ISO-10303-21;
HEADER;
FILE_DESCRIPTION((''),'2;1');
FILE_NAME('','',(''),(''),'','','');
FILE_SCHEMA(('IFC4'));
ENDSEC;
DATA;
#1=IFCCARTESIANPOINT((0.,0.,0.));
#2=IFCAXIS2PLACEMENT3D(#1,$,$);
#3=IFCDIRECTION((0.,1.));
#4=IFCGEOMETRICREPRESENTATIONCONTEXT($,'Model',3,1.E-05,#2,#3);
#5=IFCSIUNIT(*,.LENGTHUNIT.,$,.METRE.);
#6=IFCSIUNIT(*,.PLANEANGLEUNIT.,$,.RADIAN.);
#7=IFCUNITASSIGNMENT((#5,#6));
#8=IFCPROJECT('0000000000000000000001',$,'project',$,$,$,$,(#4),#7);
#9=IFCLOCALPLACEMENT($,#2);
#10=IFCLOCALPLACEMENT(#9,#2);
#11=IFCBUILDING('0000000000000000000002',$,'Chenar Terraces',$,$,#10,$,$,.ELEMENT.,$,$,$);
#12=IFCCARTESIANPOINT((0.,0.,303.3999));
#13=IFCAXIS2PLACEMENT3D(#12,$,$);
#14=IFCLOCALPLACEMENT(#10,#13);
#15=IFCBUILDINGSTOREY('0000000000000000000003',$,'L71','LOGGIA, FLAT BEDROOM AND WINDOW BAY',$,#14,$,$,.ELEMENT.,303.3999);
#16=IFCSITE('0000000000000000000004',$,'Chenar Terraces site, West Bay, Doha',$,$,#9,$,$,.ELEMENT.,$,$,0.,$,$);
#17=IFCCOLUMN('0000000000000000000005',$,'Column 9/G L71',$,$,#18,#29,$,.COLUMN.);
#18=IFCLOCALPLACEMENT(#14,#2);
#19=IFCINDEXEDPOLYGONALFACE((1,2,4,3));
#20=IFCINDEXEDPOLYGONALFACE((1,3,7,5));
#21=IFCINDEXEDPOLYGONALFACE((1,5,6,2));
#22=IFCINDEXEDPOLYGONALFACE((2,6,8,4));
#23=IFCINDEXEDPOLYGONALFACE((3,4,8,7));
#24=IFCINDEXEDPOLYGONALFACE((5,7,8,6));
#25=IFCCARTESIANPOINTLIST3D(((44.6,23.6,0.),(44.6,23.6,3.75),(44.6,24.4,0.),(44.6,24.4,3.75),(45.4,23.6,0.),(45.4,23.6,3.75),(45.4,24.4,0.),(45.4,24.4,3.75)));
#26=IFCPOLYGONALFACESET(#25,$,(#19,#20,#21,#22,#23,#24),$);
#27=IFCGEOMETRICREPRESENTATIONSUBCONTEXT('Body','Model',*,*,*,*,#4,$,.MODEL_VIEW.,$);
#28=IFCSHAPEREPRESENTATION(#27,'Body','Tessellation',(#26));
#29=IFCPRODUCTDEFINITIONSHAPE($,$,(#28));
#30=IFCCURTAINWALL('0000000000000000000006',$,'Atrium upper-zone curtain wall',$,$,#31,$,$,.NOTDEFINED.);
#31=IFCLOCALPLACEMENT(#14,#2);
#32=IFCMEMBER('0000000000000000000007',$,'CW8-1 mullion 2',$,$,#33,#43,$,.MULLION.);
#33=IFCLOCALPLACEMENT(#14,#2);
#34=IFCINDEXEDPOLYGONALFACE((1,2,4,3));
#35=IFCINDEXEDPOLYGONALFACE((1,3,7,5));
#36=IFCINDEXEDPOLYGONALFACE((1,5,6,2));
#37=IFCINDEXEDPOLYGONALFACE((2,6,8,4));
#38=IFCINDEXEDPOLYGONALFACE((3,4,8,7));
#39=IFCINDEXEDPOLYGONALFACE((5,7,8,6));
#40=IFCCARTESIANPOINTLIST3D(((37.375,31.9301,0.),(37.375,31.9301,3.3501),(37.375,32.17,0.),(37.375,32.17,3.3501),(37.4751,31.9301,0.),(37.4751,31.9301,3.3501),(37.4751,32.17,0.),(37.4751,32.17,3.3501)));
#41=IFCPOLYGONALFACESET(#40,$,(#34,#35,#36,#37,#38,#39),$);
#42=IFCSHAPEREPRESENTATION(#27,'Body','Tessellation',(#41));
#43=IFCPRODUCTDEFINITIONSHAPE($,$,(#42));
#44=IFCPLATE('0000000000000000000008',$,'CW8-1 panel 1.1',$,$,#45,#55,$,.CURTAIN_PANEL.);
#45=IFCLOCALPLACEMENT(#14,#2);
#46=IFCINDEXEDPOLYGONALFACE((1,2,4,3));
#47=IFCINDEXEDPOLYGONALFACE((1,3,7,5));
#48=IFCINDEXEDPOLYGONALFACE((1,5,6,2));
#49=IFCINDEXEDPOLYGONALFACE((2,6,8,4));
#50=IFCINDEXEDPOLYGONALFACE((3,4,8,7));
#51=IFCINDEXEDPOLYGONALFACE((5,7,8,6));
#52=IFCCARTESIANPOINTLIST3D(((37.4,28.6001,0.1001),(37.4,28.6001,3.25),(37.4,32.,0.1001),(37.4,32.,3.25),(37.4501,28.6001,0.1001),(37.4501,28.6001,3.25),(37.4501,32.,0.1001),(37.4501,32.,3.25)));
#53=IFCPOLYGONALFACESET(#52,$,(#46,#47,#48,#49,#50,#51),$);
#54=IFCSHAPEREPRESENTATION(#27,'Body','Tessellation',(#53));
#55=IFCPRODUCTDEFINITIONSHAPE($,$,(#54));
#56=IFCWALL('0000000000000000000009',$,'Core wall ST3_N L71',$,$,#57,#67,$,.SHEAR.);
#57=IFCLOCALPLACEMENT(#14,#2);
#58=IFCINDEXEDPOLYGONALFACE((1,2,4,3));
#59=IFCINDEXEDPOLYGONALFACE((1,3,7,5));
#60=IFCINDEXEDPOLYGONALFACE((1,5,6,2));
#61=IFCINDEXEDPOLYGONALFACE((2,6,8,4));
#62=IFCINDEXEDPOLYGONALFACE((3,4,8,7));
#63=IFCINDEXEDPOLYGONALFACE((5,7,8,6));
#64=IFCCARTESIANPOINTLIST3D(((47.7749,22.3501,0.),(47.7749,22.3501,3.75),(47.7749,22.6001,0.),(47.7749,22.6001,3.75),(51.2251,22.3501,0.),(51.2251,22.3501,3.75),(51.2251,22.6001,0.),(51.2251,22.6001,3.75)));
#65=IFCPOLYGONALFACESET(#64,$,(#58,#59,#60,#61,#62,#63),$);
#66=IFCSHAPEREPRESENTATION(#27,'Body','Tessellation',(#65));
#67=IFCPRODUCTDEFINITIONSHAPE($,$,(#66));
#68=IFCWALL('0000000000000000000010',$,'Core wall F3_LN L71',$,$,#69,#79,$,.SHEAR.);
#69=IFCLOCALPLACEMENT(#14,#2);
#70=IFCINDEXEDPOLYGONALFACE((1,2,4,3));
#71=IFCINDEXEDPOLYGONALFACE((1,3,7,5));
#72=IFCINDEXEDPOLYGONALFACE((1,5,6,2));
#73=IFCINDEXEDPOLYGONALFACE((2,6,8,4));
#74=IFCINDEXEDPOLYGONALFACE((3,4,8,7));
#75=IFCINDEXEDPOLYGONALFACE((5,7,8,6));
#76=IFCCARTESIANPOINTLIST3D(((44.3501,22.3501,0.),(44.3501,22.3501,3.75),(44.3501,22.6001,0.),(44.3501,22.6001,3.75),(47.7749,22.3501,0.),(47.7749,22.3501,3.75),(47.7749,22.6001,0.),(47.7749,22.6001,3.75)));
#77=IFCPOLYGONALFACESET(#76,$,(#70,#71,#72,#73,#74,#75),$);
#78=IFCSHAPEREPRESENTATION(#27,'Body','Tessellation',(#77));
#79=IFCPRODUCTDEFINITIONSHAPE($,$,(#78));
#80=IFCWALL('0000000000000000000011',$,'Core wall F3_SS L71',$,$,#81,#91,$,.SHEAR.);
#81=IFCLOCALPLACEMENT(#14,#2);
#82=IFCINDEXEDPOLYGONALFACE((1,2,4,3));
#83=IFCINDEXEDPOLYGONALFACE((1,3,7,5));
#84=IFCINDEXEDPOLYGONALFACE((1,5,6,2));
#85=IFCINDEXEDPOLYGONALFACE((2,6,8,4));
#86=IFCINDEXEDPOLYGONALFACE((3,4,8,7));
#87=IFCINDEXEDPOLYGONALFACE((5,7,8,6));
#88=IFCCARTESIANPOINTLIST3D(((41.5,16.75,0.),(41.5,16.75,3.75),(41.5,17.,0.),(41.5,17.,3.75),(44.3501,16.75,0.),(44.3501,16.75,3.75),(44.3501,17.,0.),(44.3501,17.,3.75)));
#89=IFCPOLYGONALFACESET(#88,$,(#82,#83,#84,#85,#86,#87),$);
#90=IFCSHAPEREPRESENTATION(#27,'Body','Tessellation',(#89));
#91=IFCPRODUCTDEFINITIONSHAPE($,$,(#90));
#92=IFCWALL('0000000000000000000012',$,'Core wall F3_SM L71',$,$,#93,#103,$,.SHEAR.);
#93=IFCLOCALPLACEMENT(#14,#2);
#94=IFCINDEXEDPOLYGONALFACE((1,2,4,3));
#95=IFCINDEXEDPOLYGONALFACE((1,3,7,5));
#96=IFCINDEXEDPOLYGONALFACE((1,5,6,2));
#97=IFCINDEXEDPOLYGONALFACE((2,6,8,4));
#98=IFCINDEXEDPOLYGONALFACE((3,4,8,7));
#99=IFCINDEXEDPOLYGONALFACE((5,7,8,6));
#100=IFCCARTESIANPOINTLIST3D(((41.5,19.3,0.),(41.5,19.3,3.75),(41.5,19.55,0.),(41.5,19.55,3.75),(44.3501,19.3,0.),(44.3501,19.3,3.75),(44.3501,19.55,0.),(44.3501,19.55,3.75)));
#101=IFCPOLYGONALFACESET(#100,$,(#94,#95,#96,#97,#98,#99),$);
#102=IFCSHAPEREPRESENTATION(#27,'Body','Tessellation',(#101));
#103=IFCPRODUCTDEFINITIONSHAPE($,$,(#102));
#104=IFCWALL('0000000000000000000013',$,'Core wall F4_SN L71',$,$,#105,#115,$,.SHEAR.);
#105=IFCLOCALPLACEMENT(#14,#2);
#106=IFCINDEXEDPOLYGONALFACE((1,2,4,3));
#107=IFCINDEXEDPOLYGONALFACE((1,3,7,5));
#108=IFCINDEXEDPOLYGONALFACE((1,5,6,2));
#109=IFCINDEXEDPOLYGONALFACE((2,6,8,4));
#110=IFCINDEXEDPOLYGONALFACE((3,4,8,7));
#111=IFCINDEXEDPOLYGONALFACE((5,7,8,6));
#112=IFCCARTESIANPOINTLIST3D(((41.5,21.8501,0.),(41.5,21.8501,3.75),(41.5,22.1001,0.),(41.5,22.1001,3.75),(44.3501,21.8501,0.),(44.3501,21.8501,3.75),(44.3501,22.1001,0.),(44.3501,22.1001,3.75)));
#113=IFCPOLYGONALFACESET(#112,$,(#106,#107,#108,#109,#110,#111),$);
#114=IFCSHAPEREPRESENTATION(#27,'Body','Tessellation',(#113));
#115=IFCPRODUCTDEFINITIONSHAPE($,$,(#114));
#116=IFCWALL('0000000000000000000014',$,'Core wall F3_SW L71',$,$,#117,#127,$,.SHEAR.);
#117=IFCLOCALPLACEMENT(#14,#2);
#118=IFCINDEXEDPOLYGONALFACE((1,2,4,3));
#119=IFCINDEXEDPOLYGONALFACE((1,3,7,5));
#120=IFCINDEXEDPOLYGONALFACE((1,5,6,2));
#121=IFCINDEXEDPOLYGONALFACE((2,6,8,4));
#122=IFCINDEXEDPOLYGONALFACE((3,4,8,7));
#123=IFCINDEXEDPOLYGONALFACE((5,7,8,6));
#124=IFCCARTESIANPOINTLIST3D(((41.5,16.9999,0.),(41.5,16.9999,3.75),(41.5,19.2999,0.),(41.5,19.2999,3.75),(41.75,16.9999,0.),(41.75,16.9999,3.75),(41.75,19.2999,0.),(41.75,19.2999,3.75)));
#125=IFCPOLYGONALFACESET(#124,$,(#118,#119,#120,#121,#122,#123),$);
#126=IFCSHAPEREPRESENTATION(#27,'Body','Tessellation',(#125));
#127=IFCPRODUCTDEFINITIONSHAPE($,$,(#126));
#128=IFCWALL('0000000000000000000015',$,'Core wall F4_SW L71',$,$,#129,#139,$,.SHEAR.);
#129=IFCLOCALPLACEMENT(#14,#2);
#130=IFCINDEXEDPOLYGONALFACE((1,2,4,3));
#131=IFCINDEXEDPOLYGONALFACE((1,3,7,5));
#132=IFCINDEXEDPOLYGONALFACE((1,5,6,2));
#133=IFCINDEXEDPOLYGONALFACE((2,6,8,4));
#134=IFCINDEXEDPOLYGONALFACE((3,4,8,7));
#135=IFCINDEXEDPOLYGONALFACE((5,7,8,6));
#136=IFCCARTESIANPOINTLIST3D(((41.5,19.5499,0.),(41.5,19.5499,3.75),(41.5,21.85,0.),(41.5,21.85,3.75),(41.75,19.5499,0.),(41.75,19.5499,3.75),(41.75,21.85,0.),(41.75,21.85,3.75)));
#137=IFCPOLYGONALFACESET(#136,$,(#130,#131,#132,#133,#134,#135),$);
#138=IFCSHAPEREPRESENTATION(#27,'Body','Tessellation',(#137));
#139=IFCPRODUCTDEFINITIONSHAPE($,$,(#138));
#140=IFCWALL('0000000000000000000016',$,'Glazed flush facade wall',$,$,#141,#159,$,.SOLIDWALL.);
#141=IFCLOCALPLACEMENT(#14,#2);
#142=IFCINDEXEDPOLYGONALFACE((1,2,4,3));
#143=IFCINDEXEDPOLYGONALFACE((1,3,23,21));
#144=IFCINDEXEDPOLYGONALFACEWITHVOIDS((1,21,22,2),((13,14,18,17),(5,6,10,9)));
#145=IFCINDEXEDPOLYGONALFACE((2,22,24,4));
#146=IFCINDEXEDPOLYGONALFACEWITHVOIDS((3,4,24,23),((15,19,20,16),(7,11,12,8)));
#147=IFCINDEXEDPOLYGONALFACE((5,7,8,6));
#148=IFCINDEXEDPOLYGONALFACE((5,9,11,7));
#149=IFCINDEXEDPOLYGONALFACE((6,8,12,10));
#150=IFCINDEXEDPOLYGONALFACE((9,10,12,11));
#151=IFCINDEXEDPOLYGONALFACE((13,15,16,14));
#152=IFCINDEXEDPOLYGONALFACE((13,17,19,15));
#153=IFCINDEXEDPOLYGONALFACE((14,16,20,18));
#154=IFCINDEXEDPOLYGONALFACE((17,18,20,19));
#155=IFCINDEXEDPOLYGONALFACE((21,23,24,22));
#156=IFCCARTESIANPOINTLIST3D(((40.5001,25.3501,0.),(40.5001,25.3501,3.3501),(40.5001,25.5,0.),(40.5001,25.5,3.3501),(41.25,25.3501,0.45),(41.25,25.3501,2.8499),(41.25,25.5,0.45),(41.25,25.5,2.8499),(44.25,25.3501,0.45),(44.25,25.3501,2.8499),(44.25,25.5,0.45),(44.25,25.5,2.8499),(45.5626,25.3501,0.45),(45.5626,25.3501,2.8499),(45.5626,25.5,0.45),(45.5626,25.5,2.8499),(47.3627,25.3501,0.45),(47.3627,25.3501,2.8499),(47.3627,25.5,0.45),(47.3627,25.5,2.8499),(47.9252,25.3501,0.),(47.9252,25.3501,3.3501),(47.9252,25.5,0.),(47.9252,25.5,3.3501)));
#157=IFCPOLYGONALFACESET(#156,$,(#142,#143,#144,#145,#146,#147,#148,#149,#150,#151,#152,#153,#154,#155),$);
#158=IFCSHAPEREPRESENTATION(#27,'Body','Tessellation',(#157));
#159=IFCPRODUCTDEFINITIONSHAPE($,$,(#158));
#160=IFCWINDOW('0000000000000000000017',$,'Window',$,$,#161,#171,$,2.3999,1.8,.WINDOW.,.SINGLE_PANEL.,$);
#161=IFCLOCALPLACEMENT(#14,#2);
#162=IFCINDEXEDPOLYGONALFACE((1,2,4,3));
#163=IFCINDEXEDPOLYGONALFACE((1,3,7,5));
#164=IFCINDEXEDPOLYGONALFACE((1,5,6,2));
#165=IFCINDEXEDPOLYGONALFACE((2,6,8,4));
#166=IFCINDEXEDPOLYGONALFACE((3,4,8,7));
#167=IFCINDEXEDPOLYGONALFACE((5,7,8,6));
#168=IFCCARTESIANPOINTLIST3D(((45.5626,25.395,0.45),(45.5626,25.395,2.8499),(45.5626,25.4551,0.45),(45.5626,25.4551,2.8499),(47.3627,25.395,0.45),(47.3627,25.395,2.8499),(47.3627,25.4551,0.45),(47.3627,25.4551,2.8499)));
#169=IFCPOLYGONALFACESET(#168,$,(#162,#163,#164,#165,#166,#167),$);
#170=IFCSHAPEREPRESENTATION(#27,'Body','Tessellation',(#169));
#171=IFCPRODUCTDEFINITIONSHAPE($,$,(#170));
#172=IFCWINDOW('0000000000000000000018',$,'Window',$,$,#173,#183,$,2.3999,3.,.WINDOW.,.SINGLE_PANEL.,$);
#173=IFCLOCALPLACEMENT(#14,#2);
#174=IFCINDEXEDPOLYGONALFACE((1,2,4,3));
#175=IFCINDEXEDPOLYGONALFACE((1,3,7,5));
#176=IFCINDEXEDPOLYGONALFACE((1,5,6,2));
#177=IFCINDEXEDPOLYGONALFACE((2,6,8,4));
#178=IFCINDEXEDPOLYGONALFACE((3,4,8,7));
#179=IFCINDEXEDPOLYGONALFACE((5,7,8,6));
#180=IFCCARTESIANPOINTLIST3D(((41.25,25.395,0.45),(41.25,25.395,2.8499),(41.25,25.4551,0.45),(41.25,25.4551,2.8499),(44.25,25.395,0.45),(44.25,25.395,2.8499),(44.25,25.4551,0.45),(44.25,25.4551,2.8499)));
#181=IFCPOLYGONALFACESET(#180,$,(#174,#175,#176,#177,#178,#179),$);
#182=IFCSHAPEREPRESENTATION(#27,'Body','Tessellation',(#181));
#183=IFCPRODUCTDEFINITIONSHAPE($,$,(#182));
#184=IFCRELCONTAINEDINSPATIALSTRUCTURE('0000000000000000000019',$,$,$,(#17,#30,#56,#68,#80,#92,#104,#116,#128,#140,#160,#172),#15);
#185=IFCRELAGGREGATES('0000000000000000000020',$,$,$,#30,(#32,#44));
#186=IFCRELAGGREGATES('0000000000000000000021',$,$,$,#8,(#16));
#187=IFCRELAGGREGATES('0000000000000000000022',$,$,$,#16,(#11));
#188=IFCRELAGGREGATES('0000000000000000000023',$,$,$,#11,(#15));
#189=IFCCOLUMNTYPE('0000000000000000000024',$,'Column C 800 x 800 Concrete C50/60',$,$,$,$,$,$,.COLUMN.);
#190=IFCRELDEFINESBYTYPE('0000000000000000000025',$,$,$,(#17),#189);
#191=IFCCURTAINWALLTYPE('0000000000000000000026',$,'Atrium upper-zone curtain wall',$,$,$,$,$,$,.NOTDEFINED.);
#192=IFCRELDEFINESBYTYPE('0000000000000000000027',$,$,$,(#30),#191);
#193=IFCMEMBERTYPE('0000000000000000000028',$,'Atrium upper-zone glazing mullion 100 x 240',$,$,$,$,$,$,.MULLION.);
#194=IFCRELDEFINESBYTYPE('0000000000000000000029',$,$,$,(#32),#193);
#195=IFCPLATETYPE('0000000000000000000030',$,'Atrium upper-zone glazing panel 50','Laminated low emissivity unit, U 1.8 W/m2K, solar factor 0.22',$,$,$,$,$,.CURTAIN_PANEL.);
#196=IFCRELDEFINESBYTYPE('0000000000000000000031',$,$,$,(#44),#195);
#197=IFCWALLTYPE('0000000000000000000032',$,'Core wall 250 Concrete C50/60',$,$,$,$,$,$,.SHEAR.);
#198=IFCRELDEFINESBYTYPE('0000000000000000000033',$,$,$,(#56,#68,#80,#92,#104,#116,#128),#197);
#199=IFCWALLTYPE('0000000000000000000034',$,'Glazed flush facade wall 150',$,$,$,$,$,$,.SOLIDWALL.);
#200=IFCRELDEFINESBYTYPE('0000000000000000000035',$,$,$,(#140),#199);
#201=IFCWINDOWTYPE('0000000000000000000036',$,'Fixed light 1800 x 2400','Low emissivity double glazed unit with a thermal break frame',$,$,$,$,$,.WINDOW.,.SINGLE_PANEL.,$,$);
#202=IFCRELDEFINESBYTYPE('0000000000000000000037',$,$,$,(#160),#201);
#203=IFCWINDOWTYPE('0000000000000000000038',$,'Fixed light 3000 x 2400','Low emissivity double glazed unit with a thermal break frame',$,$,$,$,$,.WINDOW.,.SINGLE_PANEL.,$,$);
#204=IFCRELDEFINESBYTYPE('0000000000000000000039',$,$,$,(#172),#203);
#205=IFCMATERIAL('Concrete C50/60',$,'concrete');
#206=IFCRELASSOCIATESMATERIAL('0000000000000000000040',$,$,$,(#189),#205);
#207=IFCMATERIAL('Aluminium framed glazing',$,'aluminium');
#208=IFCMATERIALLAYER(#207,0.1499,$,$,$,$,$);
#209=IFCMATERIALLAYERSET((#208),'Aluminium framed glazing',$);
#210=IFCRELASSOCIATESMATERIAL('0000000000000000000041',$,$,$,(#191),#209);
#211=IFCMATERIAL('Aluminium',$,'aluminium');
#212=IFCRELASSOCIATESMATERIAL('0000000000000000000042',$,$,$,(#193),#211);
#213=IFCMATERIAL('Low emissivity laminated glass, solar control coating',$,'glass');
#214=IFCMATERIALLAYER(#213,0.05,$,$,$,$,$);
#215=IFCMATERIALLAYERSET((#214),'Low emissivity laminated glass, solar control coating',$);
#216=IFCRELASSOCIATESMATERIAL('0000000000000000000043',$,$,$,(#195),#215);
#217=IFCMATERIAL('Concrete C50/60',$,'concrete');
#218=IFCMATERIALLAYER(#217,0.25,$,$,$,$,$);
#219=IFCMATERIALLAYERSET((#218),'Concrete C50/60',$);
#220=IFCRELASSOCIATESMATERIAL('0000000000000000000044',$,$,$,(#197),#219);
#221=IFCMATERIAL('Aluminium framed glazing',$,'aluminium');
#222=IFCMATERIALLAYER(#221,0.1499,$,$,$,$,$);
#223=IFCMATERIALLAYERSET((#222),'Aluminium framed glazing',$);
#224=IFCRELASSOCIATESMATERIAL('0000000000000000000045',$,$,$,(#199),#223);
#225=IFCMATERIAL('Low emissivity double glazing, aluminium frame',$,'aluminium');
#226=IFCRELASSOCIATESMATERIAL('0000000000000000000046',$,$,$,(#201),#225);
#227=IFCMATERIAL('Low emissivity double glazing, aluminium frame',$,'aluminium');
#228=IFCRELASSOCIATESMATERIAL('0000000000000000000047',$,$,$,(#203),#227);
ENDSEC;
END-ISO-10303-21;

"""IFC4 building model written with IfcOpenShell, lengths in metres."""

from ifc_helpers import new_model, si_unit, direction, frame, frame_2d, origin, origin_2d, place, context, subcontext, project, spatial, rectangle, extrude, material, layer, layer_set, material_profile, profile_set, type_object, element, fill, aggregate, save


model = new_model("IFC4")

# Units and contexts
model_context = context("Model", 3, precision=1e-05, world=origin(), true_north=direction((0.0, 1.0)))
body_context = subcontext(model_context, "Body", "Model", "MODEL_VIEW")
ifc_project = project(units=[si_unit("LENGTHUNIT", "METRE"), si_unit("PLANEANGLEUNIT", "RADIAN")], contexts=[model_context])

# Site, building, storey
site_placement = place(None, origin())
site = spatial("IfcSite", under=ifc_project, at=site_placement, Name="Chenar Terraces site, West Bay, Doha", CompositionType="ELEMENT", RefElevation=0.0)
building_placement = place(site_placement, origin())
building = spatial("IfcBuilding", under=site, at=building_placement, Name="Chenar Terraces", CompositionType="ELEMENT")
storey_placement = place(building_placement, frame((0.0, 0.0, 303.3999)))
storey = spatial("IfcBuildingStorey", under=building, at=storey_placement, Name="L71", Description="LOGGIA, FLAT BEDROOM AND WINDOW BAY", CompositionType="ELEMENT", Elevation=303.3999)

# Column
ifc_material_1 = material(Name="Concrete C50/60", Category="concrete")
ifc_material_profile_1 = material_profile(ifc_material_1, rectangle(XDim=0.8, YDim=0.8, at=origin_2d()), Name="C 800 x 800")
ifc_profile_set_1 = profile_set([ifc_material_profile_1], Name="Concrete C50/60")
column_type = type_object("IfcColumnType", Name="Column C 800 x 800 Concrete C50/60", PredefinedType="COLUMN", material=ifc_profile_set_1)
column_placement = place(storey_placement, frame((45.0, 24.0, 0.0), z_axis=(0.0, 0.0, 1.0), x_axis=(1.0, 0.0, 0.0)))
element("IfcColumn", 1, at=column_placement, inside=storey, type_object=column_type, Name="Column 9/G L71", PredefinedType="COLUMN", context=body_context, shape_type="SweptSolid", body=[
    extrude(rectangle(XDim=0.8, YDim=0.8, at=origin_2d()), origin(), (0.0, 0.0, 1.0), 3.75),
])

# Curtain wall, member, plate
ifc_material_2 = material(Name="Aluminium framed glazing", Category="aluminium")
ifc_layer_1 = layer(ifc_material_2, 0.1499)
ifc_layer_set_1 = layer_set([ifc_layer_1], Name="Aluminium framed glazing")
curtain_wall_type = type_object("IfcCurtainWallType", Name="Atrium upper-zone curtain wall", PredefinedType="NOTDEFINED", material=ifc_layer_set_1)
curtain_wall_placement = place(storey_placement, origin())
curtain_wall = element("IfcCurtainWall", 2, at=curtain_wall_placement, inside=storey, type_object=curtain_wall_type, Name="Atrium upper-zone curtain wall", PredefinedType="NOTDEFINED")
ifc_material_3 = material(Name="Aluminium", Category="aluminium")
ifc_material_profile_2 = material_profile(ifc_material_3, rectangle(XDim=0.1001, YDim=0.24, at=origin_2d()), Name="Atrium upper-zone glazing mullion 100 x 240")
ifc_profile_set_2 = profile_set([ifc_material_profile_2], Name="Aluminium")
member_type = type_object("IfcMemberType", Name="Atrium upper-zone glazing mullion 100 x 240", PredefinedType="MULLION", material=ifc_profile_set_2)
member_placement = place(storey_placement, frame((37.425, 32.05, 0.0), z_axis=(0.0, 0.0, 1.0), x_axis=(-1.0, 0.0, 0.0)))
member = element("IfcMember", 3, at=member_placement, type_object=member_type, Name="CW8-1 mullion 2", PredefinedType="MULLION", context=body_context, shape_type="SweptSolid", body=[
    extrude(rectangle(XDim=0.1001, YDim=0.24, at=origin_2d()), origin(), (0.0, 0.0, 1.0), 3.3501),
])
ifc_material_4 = material(Name="Low emissivity laminated glass, solar control coating", Category="glass")
ifc_layer_2 = layer(ifc_material_4, 0.05)
ifc_layer_set_2 = layer_set([ifc_layer_2], Name="Low emissivity laminated glass, solar control coating")
plate_type = type_object("IfcPlateType", Name="Atrium upper-zone glazing panel 50", Description="Laminated low emissivity unit, U 1.8 W/m2K, solar factor 0.22", PredefinedType="CURTAIN_PANEL", material=ifc_layer_set_2)
plate_placement = place(storey_placement, frame((37.425, 30.3, 0.1001), z_axis=(0.0, 0.0, 1.0), x_axis=(0.0, 1.0, 0.0)))
plate = element("IfcPlate", 4, at=plate_placement, type_object=plate_type, Name="CW8-1 panel 1.1", PredefinedType="CURTAIN_PANEL", context=body_context, shape_type="SweptSolid", body=[
    extrude(rectangle(XDim=3.3999, YDim=0.05, at=origin_2d()), origin(), (0.0, 0.0, 1.0), 3.1499),
])
aggregate(curtain_wall, [member, plate])

# Walls
ifc_material_5 = material(Name="Concrete C50/60", Category="concrete")
ifc_layer_3 = layer(ifc_material_5, 0.25)
ifc_layer_set_3 = layer_set([ifc_layer_3], Name="Concrete C50/60")
wall_type_1 = type_object("IfcWallType", Name="Core wall 250 Concrete C50/60", PredefinedType="SHEAR", material=ifc_layer_set_3)
wall_1_placement = place(storey_placement, frame((47.7749, 22.4751, 0.0), z_axis=(0.0, 0.0, 1.0), x_axis=(1.0, 0.0, 0.0)))
element("IfcWall", 5, at=wall_1_placement, inside=storey, type_object=wall_type_1, Name="Core wall ST3_N L71", PredefinedType="SHEAR", context=body_context, shape_type="SweptSolid", body=[
    extrude(rectangle(XDim=3.4502, YDim=0.25, at=frame_2d((1.7251, 0.0))), origin(), (0.0, 0.0, 1.0), 3.75),
])
wall_2_placement = place(storey_placement, frame((44.3501, 22.4751, 0.0), z_axis=(0.0, 0.0, 1.0), x_axis=(1.0, 0.0, 0.0)))
element("IfcWall", 6, at=wall_2_placement, inside=storey, type_object=wall_type_1, Name="Core wall F3_LN L71", PredefinedType="SHEAR", context=body_context, shape_type="SweptSolid", body=[
    extrude(rectangle(XDim=3.4248, YDim=0.25, at=frame_2d((1.7124, 0.0))), origin(), (0.0, 0.0, 1.0), 3.75),
])
for number, where, z_axis, x_axis, name in (
    (7, (41.5, 16.875, 0.0), (0.0, 0.0, 1.0), (1.0, 0.0, 0.0), "Core wall F3_SS L71"),
    (8, (41.5, 19.425, 0.0), (0.0, 0.0, 1.0), (1.0, 0.0, 0.0), "Core wall F3_SM L71"),
    (9, (41.5, 21.9751, 0.0), (0.0, 0.0, 1.0), (1.0, 0.0, 0.0), "Core wall F4_SN L71"),
):
    element("IfcWall", number, at=place(storey_placement, frame(where, z_axis=z_axis, x_axis=x_axis)), inside=storey, type_object=wall_type_1, Name=name, PredefinedType="SHEAR", context=body_context, shape_type="SweptSolid", body=[
        extrude(rectangle(XDim=2.8501, YDim=0.25, at=frame_2d((1.425, 0.0))), origin(), (0.0, 0.0, 1.0), 3.75),
    ])
for number, where, z_axis, x_axis, name in (
    (10, (41.625, 17.0, 0.0), (0.0, 0.0, 1.0), (0.0, 1.0, 0.0), "Core wall F3_SW L71"),
    (11, (41.625, 19.55, 0.0), (0.0, 0.0, 1.0), (0.0, 1.0, 0.0), "Core wall F4_SW L71"),
):
    element("IfcWall", number, at=place(storey_placement, frame(where, z_axis=z_axis, x_axis=x_axis)), inside=storey, type_object=wall_type_1, Name=name, PredefinedType="SHEAR", context=body_context, shape_type="SweptSolid", body=[
        extrude(rectangle(XDim=2.3, YDim=0.25, at=frame_2d((1.1499, 0.0))), origin(), (0.0, 0.0, 1.0), 3.75),
    ])

# Wall, openings, windows
ifc_material_6 = material(Name="Aluminium framed glazing", Category="aluminium")
ifc_layer_4 = layer(ifc_material_6, 0.1499)
ifc_layer_set_4 = layer_set([ifc_layer_4], Name="Aluminium framed glazing")
wall_type_2 = type_object("IfcWallType", Name="Glazed flush facade wall 150", PredefinedType="SOLIDWALL", material=ifc_layer_set_4)
wall_3_placement = place(storey_placement, frame((47.925, 25.425, 0.0), z_axis=(0.0, 0.0, 1.0), x_axis=(-1.0, 0.0, 0.0)))
wall_3 = element("IfcWall", 12, at=wall_3_placement, inside=storey, type_object=wall_type_2, Name="Glazed flush facade wall", PredefinedType="SOLIDWALL", context=body_context, shape_type="SweptSolid", body=[
    extrude(rectangle(XDim=7.425, YDim=0.1499, at=frame_2d((3.7124, 0.0))), origin(), (0.0, 0.0, 1.0), 3.3501),
])
opening_1_placement = place(wall_3_placement, frame((0.5625, 0.0, 0.45)))
opening_1 = element("IfcOpeningElement", 13, at=opening_1_placement, cuts=wall_3, PredefinedType="OPENING", context=body_context, shape_type="SweptSolid", body=[
    extrude(rectangle(XDim=1.8, YDim=2.3999, at=frame_2d((0.8999, 1.2))), frame((0.0, 0.085, 0.0), z_axis=(0.0, -1.0, 0.0), x_axis=(1.0, 0.0, 0.0)), (0.0, 0.0, 1.0), 0.1699),
])
opening_2_placement = place(wall_3_placement, frame((3.675, 0.0, 0.45)))
opening_2 = element("IfcOpeningElement", 14, at=opening_2_placement, cuts=wall_3, PredefinedType="OPENING", context=body_context, shape_type="SweptSolid", body=[
    extrude(rectangle(XDim=3.0, YDim=2.3999, at=frame_2d((1.5, 1.2))), frame((0.0, 0.085, 0.0), z_axis=(0.0, -1.0, 0.0), x_axis=(1.0, 0.0, 0.0)), (0.0, 0.0, 1.0), 0.1699),
])
ifc_material_7 = material(Name="Low emissivity double glazing, aluminium frame", Category="aluminium")
window_type_1 = type_object("IfcWindowType", Name="Fixed light 1800 x 2400", Description="Low emissivity double glazed unit with a thermal break frame", PartitioningType="SINGLE_PANEL", PredefinedType="WINDOW", material=ifc_material_7)
window_1_placement = place(opening_1_placement, origin())
window_1 = element("IfcWindow", 15, at=window_1_placement, inside=storey, type_object=window_type_1, Name="Window", OverallHeight=2.3999, OverallWidth=1.8, PartitioningType="SINGLE_PANEL", PredefinedType="WINDOW", context=body_context, shape_type="SweptSolid", body=[
    extrude(rectangle(XDim=1.8, YDim=2.3999, at=frame_2d((0.8999, 1.2))), frame((0.0, 0.03, 0.0), z_axis=(0.0, -1.0, 0.0), x_axis=(1.0, 0.0, 0.0)), (0.0, 0.0, 1.0), 0.0601),
])
fill(opening_1, window_1)
ifc_material_8 = material(Name="Low emissivity double glazing, aluminium frame", Category="aluminium")
window_type_2 = type_object("IfcWindowType", Name="Fixed light 3000 x 2400", Description="Low emissivity double glazed unit with a thermal break frame", PartitioningType="SINGLE_PANEL", PredefinedType="WINDOW", material=ifc_material_8)
window_2_placement = place(opening_2_placement, origin())
window_2 = element("IfcWindow", 16, at=window_2_placement, inside=storey, type_object=window_type_2, Name="Window", OverallHeight=2.3999, OverallWidth=3.0, PartitioningType="SINGLE_PANEL", PredefinedType="WINDOW", context=body_context, shape_type="SweptSolid", body=[
    extrude(rectangle(XDim=3.0, YDim=2.3999, at=frame_2d((1.5, 1.2))), frame((0.0, 0.03, 0.0), z_axis=(0.0, -1.0, 0.0), x_axis=(1.0, 0.0, 0.0)), (0.0, 0.0, 1.0), 0.0601),
])
fill(opening_2, window_2)

save(model, "model.ifc")
